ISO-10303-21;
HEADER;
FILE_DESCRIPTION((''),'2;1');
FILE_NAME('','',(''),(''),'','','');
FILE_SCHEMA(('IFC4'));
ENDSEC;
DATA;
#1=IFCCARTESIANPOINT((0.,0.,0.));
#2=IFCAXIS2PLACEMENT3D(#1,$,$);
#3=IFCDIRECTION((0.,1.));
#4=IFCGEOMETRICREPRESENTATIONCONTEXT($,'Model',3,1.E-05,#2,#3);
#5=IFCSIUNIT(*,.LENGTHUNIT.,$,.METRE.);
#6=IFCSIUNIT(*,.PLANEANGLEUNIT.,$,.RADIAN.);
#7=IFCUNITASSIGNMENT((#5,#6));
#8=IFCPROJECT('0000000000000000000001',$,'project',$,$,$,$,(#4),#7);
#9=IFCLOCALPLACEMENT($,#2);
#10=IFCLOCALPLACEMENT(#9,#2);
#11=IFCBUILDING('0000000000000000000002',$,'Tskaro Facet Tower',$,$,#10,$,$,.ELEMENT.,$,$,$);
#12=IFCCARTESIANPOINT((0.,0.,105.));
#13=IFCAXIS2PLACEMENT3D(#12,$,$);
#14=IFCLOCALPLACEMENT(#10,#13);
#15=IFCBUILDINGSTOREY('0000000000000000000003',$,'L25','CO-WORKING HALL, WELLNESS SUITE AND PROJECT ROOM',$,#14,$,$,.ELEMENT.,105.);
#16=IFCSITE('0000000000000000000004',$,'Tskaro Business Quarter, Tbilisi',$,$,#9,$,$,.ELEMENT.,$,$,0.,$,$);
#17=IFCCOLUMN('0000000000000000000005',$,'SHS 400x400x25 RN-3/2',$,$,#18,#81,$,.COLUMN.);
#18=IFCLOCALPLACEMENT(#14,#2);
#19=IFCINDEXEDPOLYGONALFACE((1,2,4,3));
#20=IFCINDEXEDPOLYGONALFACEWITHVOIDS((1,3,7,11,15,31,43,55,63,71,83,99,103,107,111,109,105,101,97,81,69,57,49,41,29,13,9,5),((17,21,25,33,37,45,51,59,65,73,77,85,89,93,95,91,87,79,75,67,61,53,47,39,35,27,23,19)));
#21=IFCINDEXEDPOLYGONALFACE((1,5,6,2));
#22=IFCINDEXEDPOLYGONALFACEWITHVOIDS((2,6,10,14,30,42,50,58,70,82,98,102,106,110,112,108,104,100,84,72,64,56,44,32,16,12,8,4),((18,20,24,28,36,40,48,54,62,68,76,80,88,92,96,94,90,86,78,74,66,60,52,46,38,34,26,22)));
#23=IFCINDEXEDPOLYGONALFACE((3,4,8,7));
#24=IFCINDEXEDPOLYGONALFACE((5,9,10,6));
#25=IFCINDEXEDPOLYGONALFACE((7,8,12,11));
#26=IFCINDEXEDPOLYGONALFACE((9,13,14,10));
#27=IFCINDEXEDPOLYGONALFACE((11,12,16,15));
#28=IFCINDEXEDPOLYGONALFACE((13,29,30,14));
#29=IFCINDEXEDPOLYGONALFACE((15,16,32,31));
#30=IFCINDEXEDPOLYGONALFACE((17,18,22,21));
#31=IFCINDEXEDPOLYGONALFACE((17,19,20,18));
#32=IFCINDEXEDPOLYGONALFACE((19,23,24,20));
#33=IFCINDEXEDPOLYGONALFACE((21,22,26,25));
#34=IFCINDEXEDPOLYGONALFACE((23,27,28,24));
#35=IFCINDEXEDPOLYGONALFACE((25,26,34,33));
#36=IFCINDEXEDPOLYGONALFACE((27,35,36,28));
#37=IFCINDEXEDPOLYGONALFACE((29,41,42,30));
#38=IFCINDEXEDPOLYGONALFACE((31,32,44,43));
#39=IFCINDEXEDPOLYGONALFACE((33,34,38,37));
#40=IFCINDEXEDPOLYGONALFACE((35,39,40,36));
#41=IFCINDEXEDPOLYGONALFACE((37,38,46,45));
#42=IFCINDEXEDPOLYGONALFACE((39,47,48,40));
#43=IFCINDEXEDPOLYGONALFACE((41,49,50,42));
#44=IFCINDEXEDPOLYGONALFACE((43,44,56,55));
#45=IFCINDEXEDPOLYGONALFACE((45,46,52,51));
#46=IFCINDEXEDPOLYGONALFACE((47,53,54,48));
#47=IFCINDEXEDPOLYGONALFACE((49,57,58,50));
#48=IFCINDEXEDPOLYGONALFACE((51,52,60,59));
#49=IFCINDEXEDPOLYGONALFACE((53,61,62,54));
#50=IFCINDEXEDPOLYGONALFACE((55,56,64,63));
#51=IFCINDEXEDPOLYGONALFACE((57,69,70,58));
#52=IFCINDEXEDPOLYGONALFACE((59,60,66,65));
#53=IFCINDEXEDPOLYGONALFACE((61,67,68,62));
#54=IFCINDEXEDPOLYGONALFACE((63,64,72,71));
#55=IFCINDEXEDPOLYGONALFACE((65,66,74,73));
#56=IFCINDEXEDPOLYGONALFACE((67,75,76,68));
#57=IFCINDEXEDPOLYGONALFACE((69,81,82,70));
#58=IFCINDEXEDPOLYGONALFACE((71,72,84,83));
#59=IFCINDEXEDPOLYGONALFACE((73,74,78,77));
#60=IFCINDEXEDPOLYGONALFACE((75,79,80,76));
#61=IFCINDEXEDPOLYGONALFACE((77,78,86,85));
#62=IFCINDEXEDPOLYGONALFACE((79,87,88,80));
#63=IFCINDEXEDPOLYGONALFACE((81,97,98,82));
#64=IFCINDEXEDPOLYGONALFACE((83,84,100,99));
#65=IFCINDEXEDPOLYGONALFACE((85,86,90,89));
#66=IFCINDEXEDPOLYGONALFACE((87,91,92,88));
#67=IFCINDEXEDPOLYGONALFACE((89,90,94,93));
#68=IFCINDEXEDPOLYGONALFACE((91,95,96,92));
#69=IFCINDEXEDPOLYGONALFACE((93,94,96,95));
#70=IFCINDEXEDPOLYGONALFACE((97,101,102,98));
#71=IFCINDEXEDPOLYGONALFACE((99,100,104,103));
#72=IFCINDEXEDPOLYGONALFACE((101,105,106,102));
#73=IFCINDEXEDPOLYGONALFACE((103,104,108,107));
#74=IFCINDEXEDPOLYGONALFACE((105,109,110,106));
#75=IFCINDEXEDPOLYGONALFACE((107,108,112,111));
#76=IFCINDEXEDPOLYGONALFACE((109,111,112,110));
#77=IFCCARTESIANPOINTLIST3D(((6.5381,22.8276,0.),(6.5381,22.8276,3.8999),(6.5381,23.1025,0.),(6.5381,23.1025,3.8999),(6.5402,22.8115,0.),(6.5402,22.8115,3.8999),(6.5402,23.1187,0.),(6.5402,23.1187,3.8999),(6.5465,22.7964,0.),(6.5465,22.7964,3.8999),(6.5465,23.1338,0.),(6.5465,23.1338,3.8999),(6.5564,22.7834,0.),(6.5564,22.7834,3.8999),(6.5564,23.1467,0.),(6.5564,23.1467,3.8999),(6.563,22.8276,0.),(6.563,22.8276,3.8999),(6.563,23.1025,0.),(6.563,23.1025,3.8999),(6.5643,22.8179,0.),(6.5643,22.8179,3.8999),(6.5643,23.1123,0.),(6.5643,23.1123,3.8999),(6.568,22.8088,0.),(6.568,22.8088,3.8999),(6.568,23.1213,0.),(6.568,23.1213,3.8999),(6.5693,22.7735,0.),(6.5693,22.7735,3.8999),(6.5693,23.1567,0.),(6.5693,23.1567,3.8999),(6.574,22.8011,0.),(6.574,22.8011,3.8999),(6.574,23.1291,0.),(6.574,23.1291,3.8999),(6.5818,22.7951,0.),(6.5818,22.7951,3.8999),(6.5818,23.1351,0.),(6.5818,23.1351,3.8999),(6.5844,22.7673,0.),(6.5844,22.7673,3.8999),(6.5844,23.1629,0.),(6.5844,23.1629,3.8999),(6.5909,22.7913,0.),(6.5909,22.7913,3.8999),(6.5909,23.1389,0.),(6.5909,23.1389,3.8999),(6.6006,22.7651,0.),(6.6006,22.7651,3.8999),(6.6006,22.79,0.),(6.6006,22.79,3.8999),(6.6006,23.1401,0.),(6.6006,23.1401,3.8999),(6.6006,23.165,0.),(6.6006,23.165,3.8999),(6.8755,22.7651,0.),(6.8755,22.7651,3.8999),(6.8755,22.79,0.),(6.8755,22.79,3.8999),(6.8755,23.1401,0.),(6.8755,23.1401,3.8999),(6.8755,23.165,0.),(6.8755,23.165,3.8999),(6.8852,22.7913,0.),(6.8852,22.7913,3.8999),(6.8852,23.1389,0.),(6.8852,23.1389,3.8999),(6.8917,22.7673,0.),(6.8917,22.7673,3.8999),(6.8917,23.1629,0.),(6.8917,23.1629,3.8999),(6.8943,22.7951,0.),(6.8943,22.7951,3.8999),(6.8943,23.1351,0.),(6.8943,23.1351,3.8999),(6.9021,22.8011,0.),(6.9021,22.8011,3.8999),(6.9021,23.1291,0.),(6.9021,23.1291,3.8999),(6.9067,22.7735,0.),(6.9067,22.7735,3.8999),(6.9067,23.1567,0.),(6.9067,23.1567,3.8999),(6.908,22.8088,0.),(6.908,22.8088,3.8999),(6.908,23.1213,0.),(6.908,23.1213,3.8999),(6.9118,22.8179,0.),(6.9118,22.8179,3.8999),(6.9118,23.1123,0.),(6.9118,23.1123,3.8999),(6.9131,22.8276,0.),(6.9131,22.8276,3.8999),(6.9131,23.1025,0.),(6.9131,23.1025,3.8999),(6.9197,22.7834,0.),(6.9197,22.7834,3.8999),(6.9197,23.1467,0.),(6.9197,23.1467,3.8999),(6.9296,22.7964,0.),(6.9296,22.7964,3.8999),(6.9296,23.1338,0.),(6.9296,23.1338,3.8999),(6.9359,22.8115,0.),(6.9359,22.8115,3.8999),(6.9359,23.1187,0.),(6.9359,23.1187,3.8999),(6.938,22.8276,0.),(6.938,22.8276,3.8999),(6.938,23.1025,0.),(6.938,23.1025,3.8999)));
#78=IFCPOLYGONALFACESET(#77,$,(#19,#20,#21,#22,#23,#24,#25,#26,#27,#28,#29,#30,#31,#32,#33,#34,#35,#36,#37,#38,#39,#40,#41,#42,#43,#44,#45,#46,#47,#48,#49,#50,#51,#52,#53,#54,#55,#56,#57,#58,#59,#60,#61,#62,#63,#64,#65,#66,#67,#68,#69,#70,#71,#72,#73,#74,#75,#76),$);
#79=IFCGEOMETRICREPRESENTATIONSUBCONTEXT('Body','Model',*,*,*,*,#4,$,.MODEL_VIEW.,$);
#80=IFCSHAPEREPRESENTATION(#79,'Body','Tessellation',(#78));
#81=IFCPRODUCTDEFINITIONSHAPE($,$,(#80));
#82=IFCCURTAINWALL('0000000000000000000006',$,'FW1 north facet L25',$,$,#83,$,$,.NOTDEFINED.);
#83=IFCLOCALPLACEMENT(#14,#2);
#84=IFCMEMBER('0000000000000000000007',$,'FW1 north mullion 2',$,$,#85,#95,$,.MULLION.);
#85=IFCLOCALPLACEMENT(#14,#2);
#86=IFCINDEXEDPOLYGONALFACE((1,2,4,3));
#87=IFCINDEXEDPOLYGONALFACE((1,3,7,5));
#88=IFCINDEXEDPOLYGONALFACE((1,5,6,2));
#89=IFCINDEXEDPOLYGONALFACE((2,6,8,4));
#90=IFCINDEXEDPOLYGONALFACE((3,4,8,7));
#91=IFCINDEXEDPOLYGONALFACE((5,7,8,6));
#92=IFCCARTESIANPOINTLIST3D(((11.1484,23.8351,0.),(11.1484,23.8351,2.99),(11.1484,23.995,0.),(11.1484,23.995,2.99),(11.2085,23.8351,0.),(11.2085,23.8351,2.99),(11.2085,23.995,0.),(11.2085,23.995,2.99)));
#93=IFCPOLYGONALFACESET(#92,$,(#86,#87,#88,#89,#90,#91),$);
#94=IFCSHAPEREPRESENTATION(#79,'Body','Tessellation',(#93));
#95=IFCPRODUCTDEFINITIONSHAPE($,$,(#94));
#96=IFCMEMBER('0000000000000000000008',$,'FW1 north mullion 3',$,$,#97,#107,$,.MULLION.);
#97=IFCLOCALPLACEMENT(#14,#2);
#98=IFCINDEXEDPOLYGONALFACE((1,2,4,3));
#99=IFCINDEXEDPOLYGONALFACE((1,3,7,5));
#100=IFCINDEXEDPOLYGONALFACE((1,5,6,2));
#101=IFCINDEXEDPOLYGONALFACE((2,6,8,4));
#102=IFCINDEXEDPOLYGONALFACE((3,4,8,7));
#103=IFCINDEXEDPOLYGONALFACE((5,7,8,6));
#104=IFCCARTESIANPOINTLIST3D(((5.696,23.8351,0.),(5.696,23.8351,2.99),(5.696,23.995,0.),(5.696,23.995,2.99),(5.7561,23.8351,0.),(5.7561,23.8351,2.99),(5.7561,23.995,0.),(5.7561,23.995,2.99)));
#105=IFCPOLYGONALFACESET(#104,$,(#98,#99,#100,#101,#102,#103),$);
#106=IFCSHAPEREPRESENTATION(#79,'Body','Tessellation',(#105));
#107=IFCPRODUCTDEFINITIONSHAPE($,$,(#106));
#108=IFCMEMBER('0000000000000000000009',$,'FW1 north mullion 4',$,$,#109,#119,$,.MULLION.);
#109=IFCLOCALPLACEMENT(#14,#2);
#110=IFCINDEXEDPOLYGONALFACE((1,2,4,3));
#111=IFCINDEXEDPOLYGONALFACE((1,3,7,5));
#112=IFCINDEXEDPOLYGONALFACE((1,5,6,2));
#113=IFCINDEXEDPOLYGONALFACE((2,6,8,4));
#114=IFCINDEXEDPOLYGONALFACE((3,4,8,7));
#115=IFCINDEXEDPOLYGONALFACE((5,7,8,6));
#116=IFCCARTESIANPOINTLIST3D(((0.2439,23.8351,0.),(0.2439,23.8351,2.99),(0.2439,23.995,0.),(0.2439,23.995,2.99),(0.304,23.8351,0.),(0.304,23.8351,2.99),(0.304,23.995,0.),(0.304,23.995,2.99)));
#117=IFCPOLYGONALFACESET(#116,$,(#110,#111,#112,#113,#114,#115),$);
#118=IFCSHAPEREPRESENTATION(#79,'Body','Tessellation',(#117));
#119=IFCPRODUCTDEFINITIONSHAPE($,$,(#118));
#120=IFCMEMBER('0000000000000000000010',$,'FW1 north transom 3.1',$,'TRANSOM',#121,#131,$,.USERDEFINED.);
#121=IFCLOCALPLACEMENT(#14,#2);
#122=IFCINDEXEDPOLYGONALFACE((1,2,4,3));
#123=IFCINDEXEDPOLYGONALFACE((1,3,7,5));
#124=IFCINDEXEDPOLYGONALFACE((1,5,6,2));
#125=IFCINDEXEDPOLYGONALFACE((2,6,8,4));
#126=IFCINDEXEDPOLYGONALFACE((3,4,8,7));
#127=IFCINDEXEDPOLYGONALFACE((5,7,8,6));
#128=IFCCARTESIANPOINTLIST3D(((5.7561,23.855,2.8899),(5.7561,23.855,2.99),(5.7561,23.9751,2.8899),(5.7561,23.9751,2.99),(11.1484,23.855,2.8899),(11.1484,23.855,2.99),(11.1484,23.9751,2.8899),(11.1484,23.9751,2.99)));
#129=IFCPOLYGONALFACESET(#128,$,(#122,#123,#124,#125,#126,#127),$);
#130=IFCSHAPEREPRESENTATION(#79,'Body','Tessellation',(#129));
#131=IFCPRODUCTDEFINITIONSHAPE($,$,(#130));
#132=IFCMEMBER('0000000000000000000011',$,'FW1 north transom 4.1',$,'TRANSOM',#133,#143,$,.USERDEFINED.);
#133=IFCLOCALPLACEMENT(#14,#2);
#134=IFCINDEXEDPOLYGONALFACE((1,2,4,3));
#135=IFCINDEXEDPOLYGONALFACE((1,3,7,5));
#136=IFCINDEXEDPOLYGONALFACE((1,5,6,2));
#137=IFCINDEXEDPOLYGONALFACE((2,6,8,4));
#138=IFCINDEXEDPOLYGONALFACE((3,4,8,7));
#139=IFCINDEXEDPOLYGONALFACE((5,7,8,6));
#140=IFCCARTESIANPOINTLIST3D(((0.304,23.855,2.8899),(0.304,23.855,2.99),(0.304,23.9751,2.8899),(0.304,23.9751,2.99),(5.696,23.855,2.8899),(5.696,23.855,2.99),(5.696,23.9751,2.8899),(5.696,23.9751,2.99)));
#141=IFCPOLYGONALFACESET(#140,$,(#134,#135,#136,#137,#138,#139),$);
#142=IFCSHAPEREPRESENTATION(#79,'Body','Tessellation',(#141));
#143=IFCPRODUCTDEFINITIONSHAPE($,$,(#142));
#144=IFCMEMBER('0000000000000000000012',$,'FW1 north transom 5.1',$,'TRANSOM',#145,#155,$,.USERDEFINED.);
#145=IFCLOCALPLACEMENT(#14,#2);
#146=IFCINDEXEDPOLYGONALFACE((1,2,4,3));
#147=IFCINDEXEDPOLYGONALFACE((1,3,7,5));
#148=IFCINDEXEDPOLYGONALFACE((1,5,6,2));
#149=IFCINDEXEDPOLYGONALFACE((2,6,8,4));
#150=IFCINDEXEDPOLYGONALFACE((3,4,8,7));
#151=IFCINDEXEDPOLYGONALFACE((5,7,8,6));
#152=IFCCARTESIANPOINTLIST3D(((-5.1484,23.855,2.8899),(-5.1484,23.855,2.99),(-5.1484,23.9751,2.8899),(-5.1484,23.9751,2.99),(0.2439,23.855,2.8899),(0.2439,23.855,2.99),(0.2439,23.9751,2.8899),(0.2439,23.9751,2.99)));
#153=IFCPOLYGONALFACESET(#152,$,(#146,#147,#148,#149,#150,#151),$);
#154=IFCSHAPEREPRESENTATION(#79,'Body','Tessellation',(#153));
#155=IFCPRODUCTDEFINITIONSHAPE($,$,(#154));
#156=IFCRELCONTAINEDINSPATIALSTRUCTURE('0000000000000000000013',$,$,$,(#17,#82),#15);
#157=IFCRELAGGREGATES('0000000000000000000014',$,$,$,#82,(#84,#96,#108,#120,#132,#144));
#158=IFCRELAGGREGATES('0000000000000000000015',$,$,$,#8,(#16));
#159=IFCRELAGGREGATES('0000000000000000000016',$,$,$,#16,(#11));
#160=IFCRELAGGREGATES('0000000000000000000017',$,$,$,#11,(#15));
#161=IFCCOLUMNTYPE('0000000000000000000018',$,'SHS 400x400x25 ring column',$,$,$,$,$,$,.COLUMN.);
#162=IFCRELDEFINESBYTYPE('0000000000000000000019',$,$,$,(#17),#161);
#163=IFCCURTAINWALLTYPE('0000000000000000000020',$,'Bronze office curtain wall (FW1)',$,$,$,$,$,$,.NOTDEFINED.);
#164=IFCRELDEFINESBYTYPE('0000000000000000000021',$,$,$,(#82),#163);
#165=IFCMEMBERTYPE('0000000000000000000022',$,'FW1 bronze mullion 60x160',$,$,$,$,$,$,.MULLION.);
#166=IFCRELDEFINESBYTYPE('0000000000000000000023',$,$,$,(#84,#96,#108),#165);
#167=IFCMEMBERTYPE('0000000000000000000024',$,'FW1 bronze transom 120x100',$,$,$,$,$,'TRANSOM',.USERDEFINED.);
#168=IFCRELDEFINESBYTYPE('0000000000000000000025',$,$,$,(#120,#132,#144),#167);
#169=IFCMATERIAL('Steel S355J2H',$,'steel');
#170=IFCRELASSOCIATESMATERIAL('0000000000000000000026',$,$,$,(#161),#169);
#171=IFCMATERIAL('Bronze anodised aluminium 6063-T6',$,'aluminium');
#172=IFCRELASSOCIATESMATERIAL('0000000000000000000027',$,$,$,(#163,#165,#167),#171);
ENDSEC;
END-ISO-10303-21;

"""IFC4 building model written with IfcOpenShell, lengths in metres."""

from ifc_helpers import new_model, si_unit, direction, frame, origin, origin_2d, place, context, subcontext, project, spatial, rectangle, hollow_rectangle, extrude, material, material_profile, profile_set, type_object, element, aggregate, save


model = new_model("IFC4")

# Units and contexts
model_context = context("Model", 3, precision=1e-05, world=origin(), true_north=direction((0.0, 1.0)))
body_context = subcontext(model_context, "Body", "Model", "MODEL_VIEW")
ifc_project = project(units=[si_unit("LENGTHUNIT", "METRE"), si_unit("PLANEANGLEUNIT", "RADIAN")], contexts=[model_context])

# Site, building, storey
site_placement = place(None, origin())
site = spatial("IfcSite", under=ifc_project, at=site_placement, Name="Tskaro Business Quarter, Tbilisi", CompositionType="ELEMENT", RefElevation=0.0)
building_placement = place(site_placement, origin())
building = spatial("IfcBuilding", under=site, at=building_placement, Name="Tskaro Facet Tower", CompositionType="ELEMENT")
storey_placement = place(building_placement, frame((0.0, 0.0, 105.0)))
storey = spatial("IfcBuildingStorey", under=building, at=storey_placement, Name="L25", Description="CO-WORKING HALL, WELLNESS SUITE AND PROJECT ROOM", CompositionType="ELEMENT", Elevation=105.0)

# Column
ifc_material_1 = material(Name="Steel S355J2H", Category="steel")
ifc_material_profile_1 = material_profile(ifc_material_1, hollow_rectangle(XDim=0.3999, YDim=0.3999, WallThickness=0.0249, InnerFilletRadius=0.0376, OuterFilletRadius=0.0625, at=origin_2d()), Name="SHS 400x400x25")
ifc_profile_set_1 = profile_set([ifc_material_profile_1], Name="Steel S355J2H")
column_type_1 = type_object("IfcColumnType", Name="SHS 400x400x25 ring column", PredefinedType="COLUMN", material=ifc_profile_set_1)
for number, where, z_axis, x_axis, name in (
    (1, (6.738, 22.9651, 0.0), (0.0, 0.0, 1.0), (1.0, 0.0, 0.0), "SHS 400x400x25 RN-3/2"),
):
    element("IfcColumn", number, at=place(storey_placement, frame(where, z_axis=z_axis, x_axis=x_axis)), inside=storey, type_object=column_type_1, Name=name, PredefinedType="COLUMN", context=body_context, shape_type="SweptSolid", body=[
        extrude(hollow_rectangle(XDim=0.3999, YDim=0.3999, WallThickness=0.0249, InnerFilletRadius=0.0376, OuterFilletRadius=0.0625, at=origin_2d()), origin(), (0.0, 0.0, 1.0), 3.8999),
    ])

# Curtain wall, members
ifc_material_2 = material(Name="Bronze anodised aluminium 6063-T6", Category="aluminium")
curtain_wall_type = type_object("IfcCurtainWallType", Name="Bronze office curtain wall (FW1)", PredefinedType="NOTDEFINED", material=ifc_material_2)
curtain_wall_placement = place(storey_placement, origin())
curtain_wall = element("IfcCurtainWall", 2, at=curtain_wall_placement, inside=storey, type_object=curtain_wall_type, Name="FW1 north facet L25", PredefinedType="NOTDEFINED")
ifc_material_profile_2 = material_profile(ifc_material_2, rectangle(XDim=0.0601, YDim=0.1599, at=origin_2d()), Name="Mullion 60x160")
ifc_profile_set_2 = profile_set([ifc_material_profile_2], Name="Bronze anodised aluminium 6063-T6")
member_type_1 = type_object("IfcMemberType", Name="FW1 bronze mullion 60x160", PredefinedType="MULLION", material=ifc_profile_set_2)
member_1_placement = place(storey_placement, frame((11.1785, 23.915, 0.0), z_axis=(0.0, 0.0, 1.0), x_axis=(-1.0, 0.0, 0.0)))
member_1 = element("IfcMember", 3, at=member_1_placement, type_object=member_type_1, Name="FW1 north mullion 2", PredefinedType="MULLION", context=body_context, shape_type="SweptSolid", body=[
    extrude(rectangle(XDim=0.0601, YDim=0.1599, at=origin_2d()), origin(), (0.0, 0.0, 1.0), 2.99),
])
member_2_placement = place(storey_placement, frame((5.7261, 23.915, 0.0), z_axis=(0.0, 0.0, 1.0), x_axis=(-1.0, 0.0, 0.0)))
member_2 = element("IfcMember", 4, at=member_2_placement, type_object=member_type_1, Name="FW1 north mullion 3", PredefinedType="MULLION", context=body_context, shape_type="SweptSolid", body=[
    extrude(rectangle(XDim=0.0601, YDim=0.1599, at=origin_2d()), origin(), (0.0, 0.0, 1.0), 2.99),
])
member_3_placement = place(storey_placement, frame((0.2739, 23.915, 0.0), z_axis=(0.0, 0.0, 1.0), x_axis=(-1.0, 0.0, 0.0)))
member_3 = element("IfcMember", 5, at=member_3_placement, type_object=member_type_1, Name="FW1 north mullion 4", PredefinedType="MULLION", context=body_context, shape_type="SweptSolid", body=[
    extrude(rectangle(XDim=0.0601, YDim=0.1599, at=origin_2d()), origin(), (0.0, 0.0, 1.0), 2.99),
])
ifc_material_profile_3 = material_profile(ifc_material_2, rectangle(XDim=0.1201, YDim=0.1001, at=origin_2d()), Name="Transom 120x100")
ifc_profile_set_3 = profile_set([ifc_material_profile_3], Name="Bronze anodised aluminium 6063-T6")
member_type_2 = type_object("IfcMemberType", Name="FW1 bronze transom 120x100", ElementType="TRANSOM", PredefinedType="USERDEFINED", material=ifc_profile_set_3)
member_4_placement = place(storey_placement, frame((11.1484, 23.915, 2.9399), z_axis=(-1.0, 0.0, 0.0), x_axis=(0.0, -1.0, 0.0)))
member_4 = element("IfcMember", 6, at=member_4_placement, type_object=member_type_2, Name="FW1 north transom 3.1", ObjectType="TRANSOM", PredefinedType="USERDEFINED", context=body_context, shape_type="SweptSolid", body=[
    extrude(rectangle(XDim=0.1201, YDim=0.1001, at=origin_2d()), origin(), (0.0, 0.0, 1.0), 5.3923),
])
member_5_placement = place(storey_placement, frame((5.696, 23.915, 2.9399), z_axis=(-1.0, 0.0, 0.0), x_axis=(0.0, -1.0, 0.0)))
member_5 = element("IfcMember", 7, at=member_5_placement, type_object=member_type_2, Name="FW1 north transom 4.1", ObjectType="TRANSOM", PredefinedType="USERDEFINED", context=body_context, shape_type="SweptSolid", body=[
    extrude(rectangle(XDim=0.1201, YDim=0.1001, at=origin_2d()), origin(), (0.0, 0.0, 1.0), 5.3921),
])
member_6_placement = place(storey_placement, frame((0.2439, 23.915, 2.9399), z_axis=(-1.0, 0.0, 0.0), x_axis=(0.0, -1.0, 0.0)))
member_6 = element("IfcMember", 8, at=member_6_placement, type_object=member_type_2, Name="FW1 north transom 5.1", ObjectType="TRANSOM", PredefinedType="USERDEFINED", context=body_context, shape_type="SweptSolid", body=[
    extrude(rectangle(XDim=0.1201, YDim=0.1001, at=origin_2d()), origin(), (0.0, 0.0, 1.0), 5.3923),
])

aggregate(curtain_wall, [member_1, member_2, member_3, member_4, member_5, member_6])

save(model, "model.ifc")
